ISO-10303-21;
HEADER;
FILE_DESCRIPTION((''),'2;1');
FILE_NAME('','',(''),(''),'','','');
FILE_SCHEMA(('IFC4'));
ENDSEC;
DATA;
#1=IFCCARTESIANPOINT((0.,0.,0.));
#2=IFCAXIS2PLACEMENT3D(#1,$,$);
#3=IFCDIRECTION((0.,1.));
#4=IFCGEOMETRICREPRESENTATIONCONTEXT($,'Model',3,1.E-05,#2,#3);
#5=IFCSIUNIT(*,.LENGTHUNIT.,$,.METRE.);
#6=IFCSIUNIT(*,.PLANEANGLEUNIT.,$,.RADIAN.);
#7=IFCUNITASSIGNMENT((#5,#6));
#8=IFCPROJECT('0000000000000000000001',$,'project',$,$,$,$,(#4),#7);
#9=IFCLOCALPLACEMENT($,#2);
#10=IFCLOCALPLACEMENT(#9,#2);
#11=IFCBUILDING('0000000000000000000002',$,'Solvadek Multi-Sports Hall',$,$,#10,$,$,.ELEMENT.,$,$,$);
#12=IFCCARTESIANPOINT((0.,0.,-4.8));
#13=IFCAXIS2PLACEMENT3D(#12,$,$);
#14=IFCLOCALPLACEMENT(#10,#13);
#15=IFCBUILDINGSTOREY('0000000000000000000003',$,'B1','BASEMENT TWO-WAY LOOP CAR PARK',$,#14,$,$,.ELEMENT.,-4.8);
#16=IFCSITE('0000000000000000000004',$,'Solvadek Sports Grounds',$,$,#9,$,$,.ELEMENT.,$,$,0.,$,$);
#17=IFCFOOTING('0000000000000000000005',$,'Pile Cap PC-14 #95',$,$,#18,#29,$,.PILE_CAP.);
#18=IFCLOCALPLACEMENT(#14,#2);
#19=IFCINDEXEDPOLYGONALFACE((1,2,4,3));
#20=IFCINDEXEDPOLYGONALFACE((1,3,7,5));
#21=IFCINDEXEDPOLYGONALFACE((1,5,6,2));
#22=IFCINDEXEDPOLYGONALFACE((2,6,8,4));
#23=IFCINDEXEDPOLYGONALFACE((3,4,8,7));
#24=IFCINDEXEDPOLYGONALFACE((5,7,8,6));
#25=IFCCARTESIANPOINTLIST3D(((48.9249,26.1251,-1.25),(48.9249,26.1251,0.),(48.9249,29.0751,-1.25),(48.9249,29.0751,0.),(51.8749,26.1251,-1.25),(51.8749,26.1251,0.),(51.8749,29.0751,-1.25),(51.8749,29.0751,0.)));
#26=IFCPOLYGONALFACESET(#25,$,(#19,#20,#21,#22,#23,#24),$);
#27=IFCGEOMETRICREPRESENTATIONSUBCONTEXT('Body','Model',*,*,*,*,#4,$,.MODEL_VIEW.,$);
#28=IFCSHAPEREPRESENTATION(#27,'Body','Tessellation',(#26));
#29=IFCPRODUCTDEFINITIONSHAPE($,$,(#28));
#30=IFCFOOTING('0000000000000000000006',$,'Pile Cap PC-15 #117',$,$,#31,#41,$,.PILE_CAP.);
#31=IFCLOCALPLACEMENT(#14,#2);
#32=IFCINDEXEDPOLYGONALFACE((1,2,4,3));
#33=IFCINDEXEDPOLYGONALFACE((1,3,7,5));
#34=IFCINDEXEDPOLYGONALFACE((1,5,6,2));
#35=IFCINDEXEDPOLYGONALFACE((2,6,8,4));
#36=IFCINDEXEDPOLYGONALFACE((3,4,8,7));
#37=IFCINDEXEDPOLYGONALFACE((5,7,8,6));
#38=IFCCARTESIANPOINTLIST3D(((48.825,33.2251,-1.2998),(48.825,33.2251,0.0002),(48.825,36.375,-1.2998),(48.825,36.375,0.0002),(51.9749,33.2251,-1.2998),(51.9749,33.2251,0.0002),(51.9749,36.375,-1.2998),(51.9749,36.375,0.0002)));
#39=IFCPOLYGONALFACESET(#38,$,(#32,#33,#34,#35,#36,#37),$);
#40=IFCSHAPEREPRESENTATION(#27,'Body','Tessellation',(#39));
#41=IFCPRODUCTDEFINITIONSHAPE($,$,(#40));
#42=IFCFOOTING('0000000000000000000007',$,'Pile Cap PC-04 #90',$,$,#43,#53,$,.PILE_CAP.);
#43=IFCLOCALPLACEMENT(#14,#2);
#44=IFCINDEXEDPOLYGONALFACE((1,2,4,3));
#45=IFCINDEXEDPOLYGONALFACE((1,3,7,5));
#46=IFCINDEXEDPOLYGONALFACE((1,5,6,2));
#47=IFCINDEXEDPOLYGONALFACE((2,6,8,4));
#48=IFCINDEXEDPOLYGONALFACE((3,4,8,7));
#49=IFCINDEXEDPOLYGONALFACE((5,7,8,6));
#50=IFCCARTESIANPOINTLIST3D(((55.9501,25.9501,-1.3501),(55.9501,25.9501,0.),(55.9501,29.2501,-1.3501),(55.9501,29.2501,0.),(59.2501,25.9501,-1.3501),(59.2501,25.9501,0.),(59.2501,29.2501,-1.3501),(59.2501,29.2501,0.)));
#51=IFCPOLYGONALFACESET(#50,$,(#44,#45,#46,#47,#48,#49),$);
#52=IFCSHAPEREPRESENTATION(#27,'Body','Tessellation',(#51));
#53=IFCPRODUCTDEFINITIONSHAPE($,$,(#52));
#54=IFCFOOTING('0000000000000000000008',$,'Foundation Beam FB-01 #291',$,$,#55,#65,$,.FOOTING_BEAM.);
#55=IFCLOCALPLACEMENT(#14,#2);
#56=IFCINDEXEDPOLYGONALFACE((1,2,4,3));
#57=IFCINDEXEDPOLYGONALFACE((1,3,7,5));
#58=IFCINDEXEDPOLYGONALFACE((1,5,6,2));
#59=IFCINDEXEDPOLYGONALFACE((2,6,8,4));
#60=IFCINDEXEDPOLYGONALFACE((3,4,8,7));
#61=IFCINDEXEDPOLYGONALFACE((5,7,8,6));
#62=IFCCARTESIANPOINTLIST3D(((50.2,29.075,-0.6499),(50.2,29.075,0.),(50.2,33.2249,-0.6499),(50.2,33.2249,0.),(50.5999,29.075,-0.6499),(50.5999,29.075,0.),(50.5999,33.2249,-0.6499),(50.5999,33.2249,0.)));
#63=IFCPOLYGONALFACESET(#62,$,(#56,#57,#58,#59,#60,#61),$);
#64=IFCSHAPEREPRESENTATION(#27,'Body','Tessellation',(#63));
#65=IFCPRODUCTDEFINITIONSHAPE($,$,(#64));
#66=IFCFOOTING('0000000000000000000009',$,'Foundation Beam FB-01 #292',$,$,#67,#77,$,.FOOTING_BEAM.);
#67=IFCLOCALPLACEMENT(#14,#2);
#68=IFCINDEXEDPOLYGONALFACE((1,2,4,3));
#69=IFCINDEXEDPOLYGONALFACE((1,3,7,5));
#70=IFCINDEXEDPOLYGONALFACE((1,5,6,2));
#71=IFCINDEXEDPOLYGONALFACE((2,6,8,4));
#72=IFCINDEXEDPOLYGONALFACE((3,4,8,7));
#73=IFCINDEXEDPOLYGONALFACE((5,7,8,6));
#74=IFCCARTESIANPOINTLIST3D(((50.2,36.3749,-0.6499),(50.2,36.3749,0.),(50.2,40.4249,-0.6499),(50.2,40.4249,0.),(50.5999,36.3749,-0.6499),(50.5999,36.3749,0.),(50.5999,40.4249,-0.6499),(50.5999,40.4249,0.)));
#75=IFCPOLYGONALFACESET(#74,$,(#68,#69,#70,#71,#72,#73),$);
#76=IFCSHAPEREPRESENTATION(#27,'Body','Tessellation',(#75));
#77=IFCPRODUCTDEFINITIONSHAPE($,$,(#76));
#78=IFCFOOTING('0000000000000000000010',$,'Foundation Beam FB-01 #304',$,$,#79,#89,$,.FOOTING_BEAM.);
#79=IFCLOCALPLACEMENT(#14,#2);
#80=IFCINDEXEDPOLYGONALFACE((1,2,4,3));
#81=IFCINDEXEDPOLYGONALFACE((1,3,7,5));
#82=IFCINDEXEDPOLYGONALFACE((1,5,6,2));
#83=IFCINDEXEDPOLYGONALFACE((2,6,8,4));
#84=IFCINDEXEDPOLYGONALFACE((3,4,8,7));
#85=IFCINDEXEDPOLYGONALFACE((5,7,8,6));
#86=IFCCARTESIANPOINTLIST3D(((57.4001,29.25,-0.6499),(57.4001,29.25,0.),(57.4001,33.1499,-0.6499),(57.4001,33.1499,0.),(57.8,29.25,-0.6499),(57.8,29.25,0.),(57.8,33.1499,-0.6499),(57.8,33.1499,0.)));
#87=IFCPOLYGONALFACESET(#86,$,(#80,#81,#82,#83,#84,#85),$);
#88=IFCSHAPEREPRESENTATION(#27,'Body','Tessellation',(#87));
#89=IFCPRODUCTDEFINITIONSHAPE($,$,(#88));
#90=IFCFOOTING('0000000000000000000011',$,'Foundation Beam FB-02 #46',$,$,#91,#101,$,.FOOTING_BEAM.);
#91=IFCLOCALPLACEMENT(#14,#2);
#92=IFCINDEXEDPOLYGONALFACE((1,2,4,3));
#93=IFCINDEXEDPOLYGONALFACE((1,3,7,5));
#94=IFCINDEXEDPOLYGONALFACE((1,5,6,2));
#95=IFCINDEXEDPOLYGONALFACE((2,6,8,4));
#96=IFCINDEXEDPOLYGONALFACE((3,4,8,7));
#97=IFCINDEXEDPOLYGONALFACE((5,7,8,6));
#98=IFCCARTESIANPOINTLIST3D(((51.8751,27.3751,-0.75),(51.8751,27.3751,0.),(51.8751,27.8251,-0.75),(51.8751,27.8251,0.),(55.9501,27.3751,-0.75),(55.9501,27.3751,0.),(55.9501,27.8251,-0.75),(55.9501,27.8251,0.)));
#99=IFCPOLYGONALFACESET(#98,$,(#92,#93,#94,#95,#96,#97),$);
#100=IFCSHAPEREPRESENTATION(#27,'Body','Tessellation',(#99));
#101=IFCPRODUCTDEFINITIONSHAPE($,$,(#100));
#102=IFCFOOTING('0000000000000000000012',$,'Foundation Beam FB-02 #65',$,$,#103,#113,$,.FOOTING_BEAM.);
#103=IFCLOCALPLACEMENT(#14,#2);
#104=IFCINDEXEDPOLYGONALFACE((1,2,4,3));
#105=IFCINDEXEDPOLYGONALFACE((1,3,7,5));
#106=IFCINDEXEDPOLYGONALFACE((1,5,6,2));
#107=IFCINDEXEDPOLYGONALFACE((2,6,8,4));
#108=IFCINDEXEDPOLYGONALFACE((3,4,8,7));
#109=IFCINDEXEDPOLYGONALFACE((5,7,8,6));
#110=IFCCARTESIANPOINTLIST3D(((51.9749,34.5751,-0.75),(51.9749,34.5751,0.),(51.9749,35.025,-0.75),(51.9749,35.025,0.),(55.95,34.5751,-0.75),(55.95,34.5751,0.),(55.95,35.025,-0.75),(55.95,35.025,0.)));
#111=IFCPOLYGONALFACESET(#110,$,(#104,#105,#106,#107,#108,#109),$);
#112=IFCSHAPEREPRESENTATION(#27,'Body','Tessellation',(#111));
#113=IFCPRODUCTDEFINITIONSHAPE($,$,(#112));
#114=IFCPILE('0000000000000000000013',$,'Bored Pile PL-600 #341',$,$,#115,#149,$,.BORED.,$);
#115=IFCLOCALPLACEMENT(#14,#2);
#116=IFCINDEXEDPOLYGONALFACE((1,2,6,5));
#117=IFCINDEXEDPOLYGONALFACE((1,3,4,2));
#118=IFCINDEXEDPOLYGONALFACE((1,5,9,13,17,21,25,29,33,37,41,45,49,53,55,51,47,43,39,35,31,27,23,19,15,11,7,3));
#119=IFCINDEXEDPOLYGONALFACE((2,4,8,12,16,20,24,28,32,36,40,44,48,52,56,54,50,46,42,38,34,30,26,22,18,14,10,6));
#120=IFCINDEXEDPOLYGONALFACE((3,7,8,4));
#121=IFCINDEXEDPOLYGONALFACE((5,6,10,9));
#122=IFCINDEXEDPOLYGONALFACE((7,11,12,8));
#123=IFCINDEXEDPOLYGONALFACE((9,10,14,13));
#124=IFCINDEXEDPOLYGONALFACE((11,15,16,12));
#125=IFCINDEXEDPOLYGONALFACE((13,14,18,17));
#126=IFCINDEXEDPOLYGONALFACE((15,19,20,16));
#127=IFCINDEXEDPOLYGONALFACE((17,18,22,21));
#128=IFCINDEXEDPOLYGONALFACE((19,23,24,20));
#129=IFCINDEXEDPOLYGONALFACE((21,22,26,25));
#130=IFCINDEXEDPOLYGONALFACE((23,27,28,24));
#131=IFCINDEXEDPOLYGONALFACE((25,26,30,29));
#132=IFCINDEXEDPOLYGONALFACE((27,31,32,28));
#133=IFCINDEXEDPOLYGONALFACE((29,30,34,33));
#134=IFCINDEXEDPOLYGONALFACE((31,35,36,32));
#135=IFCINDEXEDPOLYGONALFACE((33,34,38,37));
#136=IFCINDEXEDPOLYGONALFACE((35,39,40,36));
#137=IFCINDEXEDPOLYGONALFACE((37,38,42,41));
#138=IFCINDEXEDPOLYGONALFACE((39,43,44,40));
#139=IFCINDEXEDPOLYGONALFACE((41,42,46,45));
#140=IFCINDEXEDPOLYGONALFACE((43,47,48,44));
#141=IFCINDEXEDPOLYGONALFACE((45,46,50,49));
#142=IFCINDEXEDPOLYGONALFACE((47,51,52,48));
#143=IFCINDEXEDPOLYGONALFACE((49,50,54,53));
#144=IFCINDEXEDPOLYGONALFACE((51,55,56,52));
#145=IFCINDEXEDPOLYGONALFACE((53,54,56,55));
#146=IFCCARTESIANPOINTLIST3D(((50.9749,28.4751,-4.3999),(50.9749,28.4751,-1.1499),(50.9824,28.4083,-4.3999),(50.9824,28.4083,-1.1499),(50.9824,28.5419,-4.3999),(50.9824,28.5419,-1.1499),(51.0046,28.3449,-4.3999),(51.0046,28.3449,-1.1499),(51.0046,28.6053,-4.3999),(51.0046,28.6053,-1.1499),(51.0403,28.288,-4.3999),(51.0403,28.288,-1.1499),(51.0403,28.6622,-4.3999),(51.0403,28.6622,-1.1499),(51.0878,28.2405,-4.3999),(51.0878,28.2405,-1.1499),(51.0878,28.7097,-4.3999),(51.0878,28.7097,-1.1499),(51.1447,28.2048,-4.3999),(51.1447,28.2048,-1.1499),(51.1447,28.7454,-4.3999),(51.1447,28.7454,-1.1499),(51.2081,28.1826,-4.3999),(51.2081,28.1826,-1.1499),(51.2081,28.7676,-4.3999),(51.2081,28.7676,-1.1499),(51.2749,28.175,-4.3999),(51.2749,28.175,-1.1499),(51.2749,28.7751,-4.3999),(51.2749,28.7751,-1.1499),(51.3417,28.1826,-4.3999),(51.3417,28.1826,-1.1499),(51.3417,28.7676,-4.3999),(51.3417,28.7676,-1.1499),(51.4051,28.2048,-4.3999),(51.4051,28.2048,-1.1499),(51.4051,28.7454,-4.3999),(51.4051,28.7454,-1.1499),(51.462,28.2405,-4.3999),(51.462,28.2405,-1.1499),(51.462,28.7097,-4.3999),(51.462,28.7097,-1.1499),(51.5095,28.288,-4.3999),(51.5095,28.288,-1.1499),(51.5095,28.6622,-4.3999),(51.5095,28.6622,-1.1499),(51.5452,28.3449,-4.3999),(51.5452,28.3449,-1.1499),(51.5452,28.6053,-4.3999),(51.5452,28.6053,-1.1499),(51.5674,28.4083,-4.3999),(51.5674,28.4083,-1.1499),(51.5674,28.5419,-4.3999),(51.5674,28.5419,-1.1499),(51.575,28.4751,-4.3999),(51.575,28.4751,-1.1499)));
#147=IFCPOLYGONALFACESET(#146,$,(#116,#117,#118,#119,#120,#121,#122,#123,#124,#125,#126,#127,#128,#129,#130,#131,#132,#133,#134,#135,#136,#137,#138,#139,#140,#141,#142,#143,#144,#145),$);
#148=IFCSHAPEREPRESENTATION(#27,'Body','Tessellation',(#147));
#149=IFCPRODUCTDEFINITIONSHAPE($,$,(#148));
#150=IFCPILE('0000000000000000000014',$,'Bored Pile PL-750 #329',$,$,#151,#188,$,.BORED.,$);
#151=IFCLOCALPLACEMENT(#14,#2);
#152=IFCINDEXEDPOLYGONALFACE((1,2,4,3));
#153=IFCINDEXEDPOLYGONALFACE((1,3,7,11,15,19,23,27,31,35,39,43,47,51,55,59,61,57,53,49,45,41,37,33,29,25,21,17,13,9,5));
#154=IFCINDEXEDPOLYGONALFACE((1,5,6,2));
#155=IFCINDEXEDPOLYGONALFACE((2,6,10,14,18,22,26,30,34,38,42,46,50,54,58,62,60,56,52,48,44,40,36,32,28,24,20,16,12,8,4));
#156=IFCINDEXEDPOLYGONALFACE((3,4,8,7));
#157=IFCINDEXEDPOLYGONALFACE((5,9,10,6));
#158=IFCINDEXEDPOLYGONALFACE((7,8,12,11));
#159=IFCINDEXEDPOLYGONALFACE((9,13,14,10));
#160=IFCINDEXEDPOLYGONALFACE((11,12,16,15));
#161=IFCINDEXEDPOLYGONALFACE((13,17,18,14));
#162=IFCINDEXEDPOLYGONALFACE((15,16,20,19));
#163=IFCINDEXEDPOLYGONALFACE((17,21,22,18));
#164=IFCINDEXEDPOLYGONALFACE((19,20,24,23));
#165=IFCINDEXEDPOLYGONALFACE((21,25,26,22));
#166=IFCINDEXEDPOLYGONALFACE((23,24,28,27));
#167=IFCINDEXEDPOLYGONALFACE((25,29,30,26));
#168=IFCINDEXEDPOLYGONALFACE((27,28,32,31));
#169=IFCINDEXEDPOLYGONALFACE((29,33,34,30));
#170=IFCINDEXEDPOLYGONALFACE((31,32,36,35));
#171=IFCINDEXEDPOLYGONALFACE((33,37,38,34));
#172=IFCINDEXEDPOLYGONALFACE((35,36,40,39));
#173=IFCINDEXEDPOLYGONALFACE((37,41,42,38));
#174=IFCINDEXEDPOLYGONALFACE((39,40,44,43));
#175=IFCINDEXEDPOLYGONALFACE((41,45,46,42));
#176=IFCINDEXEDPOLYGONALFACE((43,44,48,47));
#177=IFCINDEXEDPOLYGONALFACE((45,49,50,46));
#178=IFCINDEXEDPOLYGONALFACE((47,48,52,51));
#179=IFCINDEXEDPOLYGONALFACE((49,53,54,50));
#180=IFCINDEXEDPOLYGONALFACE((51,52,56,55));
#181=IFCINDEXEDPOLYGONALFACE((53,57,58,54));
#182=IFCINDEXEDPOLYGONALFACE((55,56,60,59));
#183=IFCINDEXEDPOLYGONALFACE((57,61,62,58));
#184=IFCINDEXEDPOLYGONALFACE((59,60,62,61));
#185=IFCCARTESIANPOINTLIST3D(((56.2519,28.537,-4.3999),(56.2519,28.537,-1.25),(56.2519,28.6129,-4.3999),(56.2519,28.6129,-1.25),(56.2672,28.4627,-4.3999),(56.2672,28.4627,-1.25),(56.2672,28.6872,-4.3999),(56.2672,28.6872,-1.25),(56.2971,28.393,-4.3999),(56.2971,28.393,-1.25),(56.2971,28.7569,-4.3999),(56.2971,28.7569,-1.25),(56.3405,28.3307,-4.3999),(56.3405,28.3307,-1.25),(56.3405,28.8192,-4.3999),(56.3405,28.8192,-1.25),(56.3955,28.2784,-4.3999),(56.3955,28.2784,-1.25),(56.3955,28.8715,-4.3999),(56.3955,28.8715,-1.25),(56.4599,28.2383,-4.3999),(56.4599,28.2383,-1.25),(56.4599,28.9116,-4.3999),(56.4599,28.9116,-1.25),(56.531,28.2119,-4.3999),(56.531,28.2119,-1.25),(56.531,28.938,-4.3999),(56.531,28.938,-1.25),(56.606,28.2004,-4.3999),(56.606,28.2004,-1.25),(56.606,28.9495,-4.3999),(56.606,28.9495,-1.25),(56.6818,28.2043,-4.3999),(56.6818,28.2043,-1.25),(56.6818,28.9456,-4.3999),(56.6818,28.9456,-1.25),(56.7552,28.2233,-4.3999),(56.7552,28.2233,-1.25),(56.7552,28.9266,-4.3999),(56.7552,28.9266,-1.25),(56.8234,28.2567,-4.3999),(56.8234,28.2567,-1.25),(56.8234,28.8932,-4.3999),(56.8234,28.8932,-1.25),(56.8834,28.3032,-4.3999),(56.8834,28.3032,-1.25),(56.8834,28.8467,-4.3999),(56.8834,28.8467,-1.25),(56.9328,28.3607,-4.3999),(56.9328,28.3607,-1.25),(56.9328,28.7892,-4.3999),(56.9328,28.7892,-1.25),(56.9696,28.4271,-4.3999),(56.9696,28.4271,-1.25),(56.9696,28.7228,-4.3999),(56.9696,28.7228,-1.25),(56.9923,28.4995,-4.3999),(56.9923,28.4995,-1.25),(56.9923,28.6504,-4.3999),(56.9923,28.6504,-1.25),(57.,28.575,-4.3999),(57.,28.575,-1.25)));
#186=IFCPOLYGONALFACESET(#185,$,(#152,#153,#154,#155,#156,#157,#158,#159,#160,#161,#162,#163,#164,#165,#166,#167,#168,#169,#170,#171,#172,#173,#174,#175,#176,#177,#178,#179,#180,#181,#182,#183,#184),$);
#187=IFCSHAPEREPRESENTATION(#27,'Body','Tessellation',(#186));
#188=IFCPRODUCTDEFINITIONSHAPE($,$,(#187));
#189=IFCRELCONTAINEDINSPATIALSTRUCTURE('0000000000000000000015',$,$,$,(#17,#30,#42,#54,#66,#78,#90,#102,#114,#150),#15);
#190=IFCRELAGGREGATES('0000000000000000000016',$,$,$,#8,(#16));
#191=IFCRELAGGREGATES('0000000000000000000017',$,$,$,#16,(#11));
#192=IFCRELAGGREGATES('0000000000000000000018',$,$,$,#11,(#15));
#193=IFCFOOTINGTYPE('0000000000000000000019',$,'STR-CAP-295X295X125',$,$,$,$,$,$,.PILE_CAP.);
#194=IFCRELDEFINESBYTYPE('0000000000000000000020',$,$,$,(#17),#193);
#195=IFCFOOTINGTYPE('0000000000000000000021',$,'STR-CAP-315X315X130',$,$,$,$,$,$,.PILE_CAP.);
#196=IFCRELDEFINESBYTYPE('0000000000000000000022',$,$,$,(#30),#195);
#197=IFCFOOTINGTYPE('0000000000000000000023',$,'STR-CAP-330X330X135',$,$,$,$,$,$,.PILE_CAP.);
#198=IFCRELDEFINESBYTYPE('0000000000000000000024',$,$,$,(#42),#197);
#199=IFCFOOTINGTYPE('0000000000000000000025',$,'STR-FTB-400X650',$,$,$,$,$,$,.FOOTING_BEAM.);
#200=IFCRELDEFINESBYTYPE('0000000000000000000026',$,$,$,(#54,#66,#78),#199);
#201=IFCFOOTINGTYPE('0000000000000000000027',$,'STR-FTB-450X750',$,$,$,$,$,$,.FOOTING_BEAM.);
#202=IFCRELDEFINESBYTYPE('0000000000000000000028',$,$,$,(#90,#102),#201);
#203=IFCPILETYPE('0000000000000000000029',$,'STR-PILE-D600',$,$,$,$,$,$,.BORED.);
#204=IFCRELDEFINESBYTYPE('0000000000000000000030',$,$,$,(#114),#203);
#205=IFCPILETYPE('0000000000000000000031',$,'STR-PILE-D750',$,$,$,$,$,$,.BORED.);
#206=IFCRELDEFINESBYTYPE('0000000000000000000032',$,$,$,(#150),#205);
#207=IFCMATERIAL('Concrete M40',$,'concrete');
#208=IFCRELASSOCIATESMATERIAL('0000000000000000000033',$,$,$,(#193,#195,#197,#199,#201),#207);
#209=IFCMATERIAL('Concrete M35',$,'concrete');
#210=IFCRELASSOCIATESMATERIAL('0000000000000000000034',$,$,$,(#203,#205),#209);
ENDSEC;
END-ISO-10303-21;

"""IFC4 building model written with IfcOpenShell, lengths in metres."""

from ifc_helpers import new_model, si_unit, direction, frame, origin, origin_2d, place, context, subcontext, project, spatial, rectangle, circle, extrude, material, material_profile, profile_set, type_object, element, save


model = new_model("IFC4")

# Units and contexts
model_context = context("Model", 3, precision=1e-05, world=origin(), true_north=direction((0.0, 1.0)))
body_context = subcontext(model_context, "Body", "Model", "MODEL_VIEW")
ifc_project = project(units=[si_unit("LENGTHUNIT", "METRE"), si_unit("PLANEANGLEUNIT", "RADIAN")], contexts=[model_context])

# Site, building, storey
site_placement = place(None, origin())
site = spatial("IfcSite", under=ifc_project, at=site_placement, Name="Solvadek Sports Grounds", CompositionType="ELEMENT", RefElevation=0.0)
building_placement = place(site_placement, origin())
building = spatial("IfcBuilding", under=site, at=building_placement, Name="Solvadek Multi-Sports Hall", CompositionType="ELEMENT")
storey_placement = place(building_placement, frame((0.0, 0.0, -4.8)))
storey = spatial("IfcBuildingStorey", under=building, at=storey_placement, Name="B1", Description="BASEMENT TWO-WAY LOOP CAR PARK", CompositionType="ELEMENT", Elevation=-4.8)

# Footings
ifc_material_1 = material(Name="Concrete M40", Category="concrete")
footing_type_1 = type_object("IfcFootingType", Name="STR-CAP-295X295X125", PredefinedType="PILE_CAP", material=ifc_material_1)
footing_1_placement = place(storey_placement, frame((50.3999, 27.6001, -1.25), z_axis=(0.0, 0.0, 1.0), x_axis=(1.0, 0.0, 0.0)))
element("IfcFooting", 1, at=footing_1_placement, inside=storey, type_object=footing_type_1, Name="Pile Cap PC-14 #95", PredefinedType="PILE_CAP", context=body_context, shape_type="SweptSolid", body=[
    extrude(rectangle(XDim=2.95, YDim=2.95, at=origin_2d()), origin(), (0.0, 0.0, 1.0), 1.25),
])
footing_type_2 = type_object("IfcFootingType", Name="STR-CAP-315X315X130", PredefinedType="PILE_CAP", material=ifc_material_1)
footing_2_placement = place(storey_placement, frame((50.3999, 34.8, -1.2998), z_axis=(0.0, 0.0, 1.0), x_axis=(1.0, 0.0, 0.0)))
element("IfcFooting", 2, at=footing_2_placement, inside=storey, type_object=footing_type_2, Name="Pile Cap PC-15 #117", PredefinedType="PILE_CAP", context=body_context, shape_type="SweptSolid", body=[
    extrude(rectangle(XDim=3.1499, YDim=3.1499, at=origin_2d()), origin(), (0.0, 0.0, 1.0), 1.3),
])
footing_type_3 = type_object("IfcFootingType", Name="STR-CAP-330X330X135", PredefinedType="PILE_CAP", material=ifc_material_1)
footing_3_placement = place(storey_placement, frame((57.6001, 27.6001, -1.3501), z_axis=(0.0, 0.0, 1.0), x_axis=(1.0, 0.0, 0.0)))
element("IfcFooting", 3, at=footing_3_placement, inside=storey, type_object=footing_type_3, Name="Pile Cap PC-04 #90", PredefinedType="PILE_CAP", context=body_context, shape_type="SweptSolid", body=[
    extrude(rectangle(XDim=3.3, YDim=3.3, at=origin_2d()), origin(), (0.0, 0.0, 1.0), 1.3501),
])
footing_type_4 = type_object("IfcFootingType", Name="STR-FTB-400X650", PredefinedType="FOOTING_BEAM", material=ifc_material_1)
footing_4_placement = place(storey_placement, frame((50.3999, 31.1499, -0.6499), z_axis=(0.0, 0.0, 1.0), x_axis=(0.0, 1.0, 0.0)))
element("IfcFooting", 4, at=footing_4_placement, inside=storey, type_object=footing_type_4, Name="Foundation Beam FB-01 #291", PredefinedType="FOOTING_BEAM", context=body_context, shape_type="SweptSolid", body=[
    extrude(rectangle(XDim=4.1499, YDim=0.3999, at=origin_2d()), origin(), (0.0, 0.0, 1.0), 0.6499),
])
footing_5_placement = place(storey_placement, frame((50.3999, 38.3999, -0.6499), z_axis=(0.0, 0.0, 1.0), x_axis=(0.0, 1.0, 0.0)))
element("IfcFooting", 5, at=footing_5_placement, inside=storey, type_object=footing_type_4, Name="Foundation Beam FB-01 #292", PredefinedType="FOOTING_BEAM", context=body_context, shape_type="SweptSolid", body=[
    extrude(rectangle(XDim=4.05, YDim=0.3999, at=origin_2d()), origin(), (0.0, 0.0, 1.0), 0.6499),
])
footing_6_placement = place(storey_placement, frame((57.6001, 31.2, -0.6499), z_axis=(0.0, 0.0, 1.0), x_axis=(0.0, 1.0, 0.0)))
element("IfcFooting", 6, at=footing_6_placement, inside=storey, type_object=footing_type_4, Name="Foundation Beam FB-01 #304", PredefinedType="FOOTING_BEAM", context=body_context, shape_type="SweptSolid", body=[
    extrude(rectangle(XDim=3.8999, YDim=0.3999, at=origin_2d()), origin(), (0.0, 0.0, 1.0), 0.6499),
])
footing_type_5 = type_object("IfcFootingType", Name="STR-FTB-450X750", PredefinedType="FOOTING_BEAM", material=ifc_material_1)
footing_7_placement = place(storey_placement, frame((53.9126, 27.6001, -0.75), z_axis=(0.0, 0.0, 1.0), x_axis=(1.0, 0.0, 0.0)))
element("IfcFooting", 7, at=footing_7_placement, inside=storey, type_object=footing_type_5, Name="Foundation Beam FB-02 #46", PredefinedType="FOOTING_BEAM", context=body_context, shape_type="SweptSolid", body=[
    extrude(rectangle(XDim=4.075, YDim=0.45, at=origin_2d()), origin(), (0.0, 0.0, 1.0), 0.75),
])
footing_8_placement = place(storey_placement, frame((53.9624, 34.8, -0.75), z_axis=(0.0, 0.0, 1.0), x_axis=(1.0, 0.0, 0.0)))
element("IfcFooting", 8, at=footing_8_placement, inside=storey, type_object=footing_type_5, Name="Foundation Beam FB-02 #65", PredefinedType="FOOTING_BEAM", context=body_context, shape_type="SweptSolid", body=[
    extrude(rectangle(XDim=3.9751, YDim=0.45, at=origin_2d()), origin(), (0.0, 0.0, 1.0), 0.75),
])

# Piles
ifc_material_2 = material(Name="Concrete M35", Category="concrete")
ifc_material_profile_1 = material_profile(ifc_material_2, circle(Radius=0.3, at=origin_2d()), Name="BORED PILE D600")
ifc_profile_set_1 = profile_set([ifc_material_profile_1], Name="Concrete M35")
pile_type_1 = type_object("IfcPileType", Name="STR-PILE-D600", PredefinedType="BORED", material=ifc_profile_set_1)
pile_1_placement = place(storey_placement, frame((51.2749, 28.4751, -1.1499), z_axis=(0.0, 0.0, -1.0), x_axis=(1.0, 0.0, 0.0)))
element("IfcPile", 9, at=pile_1_placement, inside=storey, type_object=pile_type_1, Name="Bored Pile PL-600 #341", PredefinedType="BORED", context=body_context, shape_type="SweptSolid", body=[
    extrude(circle(Radius=0.3, at=origin_2d()), origin(), (0.0, 0.0, 1.0), 3.25),
])
ifc_material_profile_2 = material_profile(ifc_material_2, circle(Radius=0.375, at=origin_2d()), Name="BORED PILE D750")
ifc_profile_set_2 = profile_set([ifc_material_profile_2], Name="Concrete M35")
pile_type_2 = type_object("IfcPileType", Name="STR-PILE-D750", PredefinedType="BORED", material=ifc_profile_set_2)
for number, where, z_axis, x_axis, name in (
    (10, (56.625, 28.575, -1.25), (0.0, 0.0, -1.0), (1.0, 0.0, 0.0), "Bored Pile PL-750 #329"),
):
    element("IfcPile", number, at=place(storey_placement, frame(where, z_axis=z_axis, x_axis=x_axis)), inside=storey, type_object=pile_type_2, Name=name, PredefinedType="BORED", context=body_context, shape_type="SweptSolid", body=[
        extrude(circle(Radius=0.375, at=origin_2d()), origin(), (0.0, 0.0, 1.0), 3.1499),
    ])

save(model, "model.ifc")
